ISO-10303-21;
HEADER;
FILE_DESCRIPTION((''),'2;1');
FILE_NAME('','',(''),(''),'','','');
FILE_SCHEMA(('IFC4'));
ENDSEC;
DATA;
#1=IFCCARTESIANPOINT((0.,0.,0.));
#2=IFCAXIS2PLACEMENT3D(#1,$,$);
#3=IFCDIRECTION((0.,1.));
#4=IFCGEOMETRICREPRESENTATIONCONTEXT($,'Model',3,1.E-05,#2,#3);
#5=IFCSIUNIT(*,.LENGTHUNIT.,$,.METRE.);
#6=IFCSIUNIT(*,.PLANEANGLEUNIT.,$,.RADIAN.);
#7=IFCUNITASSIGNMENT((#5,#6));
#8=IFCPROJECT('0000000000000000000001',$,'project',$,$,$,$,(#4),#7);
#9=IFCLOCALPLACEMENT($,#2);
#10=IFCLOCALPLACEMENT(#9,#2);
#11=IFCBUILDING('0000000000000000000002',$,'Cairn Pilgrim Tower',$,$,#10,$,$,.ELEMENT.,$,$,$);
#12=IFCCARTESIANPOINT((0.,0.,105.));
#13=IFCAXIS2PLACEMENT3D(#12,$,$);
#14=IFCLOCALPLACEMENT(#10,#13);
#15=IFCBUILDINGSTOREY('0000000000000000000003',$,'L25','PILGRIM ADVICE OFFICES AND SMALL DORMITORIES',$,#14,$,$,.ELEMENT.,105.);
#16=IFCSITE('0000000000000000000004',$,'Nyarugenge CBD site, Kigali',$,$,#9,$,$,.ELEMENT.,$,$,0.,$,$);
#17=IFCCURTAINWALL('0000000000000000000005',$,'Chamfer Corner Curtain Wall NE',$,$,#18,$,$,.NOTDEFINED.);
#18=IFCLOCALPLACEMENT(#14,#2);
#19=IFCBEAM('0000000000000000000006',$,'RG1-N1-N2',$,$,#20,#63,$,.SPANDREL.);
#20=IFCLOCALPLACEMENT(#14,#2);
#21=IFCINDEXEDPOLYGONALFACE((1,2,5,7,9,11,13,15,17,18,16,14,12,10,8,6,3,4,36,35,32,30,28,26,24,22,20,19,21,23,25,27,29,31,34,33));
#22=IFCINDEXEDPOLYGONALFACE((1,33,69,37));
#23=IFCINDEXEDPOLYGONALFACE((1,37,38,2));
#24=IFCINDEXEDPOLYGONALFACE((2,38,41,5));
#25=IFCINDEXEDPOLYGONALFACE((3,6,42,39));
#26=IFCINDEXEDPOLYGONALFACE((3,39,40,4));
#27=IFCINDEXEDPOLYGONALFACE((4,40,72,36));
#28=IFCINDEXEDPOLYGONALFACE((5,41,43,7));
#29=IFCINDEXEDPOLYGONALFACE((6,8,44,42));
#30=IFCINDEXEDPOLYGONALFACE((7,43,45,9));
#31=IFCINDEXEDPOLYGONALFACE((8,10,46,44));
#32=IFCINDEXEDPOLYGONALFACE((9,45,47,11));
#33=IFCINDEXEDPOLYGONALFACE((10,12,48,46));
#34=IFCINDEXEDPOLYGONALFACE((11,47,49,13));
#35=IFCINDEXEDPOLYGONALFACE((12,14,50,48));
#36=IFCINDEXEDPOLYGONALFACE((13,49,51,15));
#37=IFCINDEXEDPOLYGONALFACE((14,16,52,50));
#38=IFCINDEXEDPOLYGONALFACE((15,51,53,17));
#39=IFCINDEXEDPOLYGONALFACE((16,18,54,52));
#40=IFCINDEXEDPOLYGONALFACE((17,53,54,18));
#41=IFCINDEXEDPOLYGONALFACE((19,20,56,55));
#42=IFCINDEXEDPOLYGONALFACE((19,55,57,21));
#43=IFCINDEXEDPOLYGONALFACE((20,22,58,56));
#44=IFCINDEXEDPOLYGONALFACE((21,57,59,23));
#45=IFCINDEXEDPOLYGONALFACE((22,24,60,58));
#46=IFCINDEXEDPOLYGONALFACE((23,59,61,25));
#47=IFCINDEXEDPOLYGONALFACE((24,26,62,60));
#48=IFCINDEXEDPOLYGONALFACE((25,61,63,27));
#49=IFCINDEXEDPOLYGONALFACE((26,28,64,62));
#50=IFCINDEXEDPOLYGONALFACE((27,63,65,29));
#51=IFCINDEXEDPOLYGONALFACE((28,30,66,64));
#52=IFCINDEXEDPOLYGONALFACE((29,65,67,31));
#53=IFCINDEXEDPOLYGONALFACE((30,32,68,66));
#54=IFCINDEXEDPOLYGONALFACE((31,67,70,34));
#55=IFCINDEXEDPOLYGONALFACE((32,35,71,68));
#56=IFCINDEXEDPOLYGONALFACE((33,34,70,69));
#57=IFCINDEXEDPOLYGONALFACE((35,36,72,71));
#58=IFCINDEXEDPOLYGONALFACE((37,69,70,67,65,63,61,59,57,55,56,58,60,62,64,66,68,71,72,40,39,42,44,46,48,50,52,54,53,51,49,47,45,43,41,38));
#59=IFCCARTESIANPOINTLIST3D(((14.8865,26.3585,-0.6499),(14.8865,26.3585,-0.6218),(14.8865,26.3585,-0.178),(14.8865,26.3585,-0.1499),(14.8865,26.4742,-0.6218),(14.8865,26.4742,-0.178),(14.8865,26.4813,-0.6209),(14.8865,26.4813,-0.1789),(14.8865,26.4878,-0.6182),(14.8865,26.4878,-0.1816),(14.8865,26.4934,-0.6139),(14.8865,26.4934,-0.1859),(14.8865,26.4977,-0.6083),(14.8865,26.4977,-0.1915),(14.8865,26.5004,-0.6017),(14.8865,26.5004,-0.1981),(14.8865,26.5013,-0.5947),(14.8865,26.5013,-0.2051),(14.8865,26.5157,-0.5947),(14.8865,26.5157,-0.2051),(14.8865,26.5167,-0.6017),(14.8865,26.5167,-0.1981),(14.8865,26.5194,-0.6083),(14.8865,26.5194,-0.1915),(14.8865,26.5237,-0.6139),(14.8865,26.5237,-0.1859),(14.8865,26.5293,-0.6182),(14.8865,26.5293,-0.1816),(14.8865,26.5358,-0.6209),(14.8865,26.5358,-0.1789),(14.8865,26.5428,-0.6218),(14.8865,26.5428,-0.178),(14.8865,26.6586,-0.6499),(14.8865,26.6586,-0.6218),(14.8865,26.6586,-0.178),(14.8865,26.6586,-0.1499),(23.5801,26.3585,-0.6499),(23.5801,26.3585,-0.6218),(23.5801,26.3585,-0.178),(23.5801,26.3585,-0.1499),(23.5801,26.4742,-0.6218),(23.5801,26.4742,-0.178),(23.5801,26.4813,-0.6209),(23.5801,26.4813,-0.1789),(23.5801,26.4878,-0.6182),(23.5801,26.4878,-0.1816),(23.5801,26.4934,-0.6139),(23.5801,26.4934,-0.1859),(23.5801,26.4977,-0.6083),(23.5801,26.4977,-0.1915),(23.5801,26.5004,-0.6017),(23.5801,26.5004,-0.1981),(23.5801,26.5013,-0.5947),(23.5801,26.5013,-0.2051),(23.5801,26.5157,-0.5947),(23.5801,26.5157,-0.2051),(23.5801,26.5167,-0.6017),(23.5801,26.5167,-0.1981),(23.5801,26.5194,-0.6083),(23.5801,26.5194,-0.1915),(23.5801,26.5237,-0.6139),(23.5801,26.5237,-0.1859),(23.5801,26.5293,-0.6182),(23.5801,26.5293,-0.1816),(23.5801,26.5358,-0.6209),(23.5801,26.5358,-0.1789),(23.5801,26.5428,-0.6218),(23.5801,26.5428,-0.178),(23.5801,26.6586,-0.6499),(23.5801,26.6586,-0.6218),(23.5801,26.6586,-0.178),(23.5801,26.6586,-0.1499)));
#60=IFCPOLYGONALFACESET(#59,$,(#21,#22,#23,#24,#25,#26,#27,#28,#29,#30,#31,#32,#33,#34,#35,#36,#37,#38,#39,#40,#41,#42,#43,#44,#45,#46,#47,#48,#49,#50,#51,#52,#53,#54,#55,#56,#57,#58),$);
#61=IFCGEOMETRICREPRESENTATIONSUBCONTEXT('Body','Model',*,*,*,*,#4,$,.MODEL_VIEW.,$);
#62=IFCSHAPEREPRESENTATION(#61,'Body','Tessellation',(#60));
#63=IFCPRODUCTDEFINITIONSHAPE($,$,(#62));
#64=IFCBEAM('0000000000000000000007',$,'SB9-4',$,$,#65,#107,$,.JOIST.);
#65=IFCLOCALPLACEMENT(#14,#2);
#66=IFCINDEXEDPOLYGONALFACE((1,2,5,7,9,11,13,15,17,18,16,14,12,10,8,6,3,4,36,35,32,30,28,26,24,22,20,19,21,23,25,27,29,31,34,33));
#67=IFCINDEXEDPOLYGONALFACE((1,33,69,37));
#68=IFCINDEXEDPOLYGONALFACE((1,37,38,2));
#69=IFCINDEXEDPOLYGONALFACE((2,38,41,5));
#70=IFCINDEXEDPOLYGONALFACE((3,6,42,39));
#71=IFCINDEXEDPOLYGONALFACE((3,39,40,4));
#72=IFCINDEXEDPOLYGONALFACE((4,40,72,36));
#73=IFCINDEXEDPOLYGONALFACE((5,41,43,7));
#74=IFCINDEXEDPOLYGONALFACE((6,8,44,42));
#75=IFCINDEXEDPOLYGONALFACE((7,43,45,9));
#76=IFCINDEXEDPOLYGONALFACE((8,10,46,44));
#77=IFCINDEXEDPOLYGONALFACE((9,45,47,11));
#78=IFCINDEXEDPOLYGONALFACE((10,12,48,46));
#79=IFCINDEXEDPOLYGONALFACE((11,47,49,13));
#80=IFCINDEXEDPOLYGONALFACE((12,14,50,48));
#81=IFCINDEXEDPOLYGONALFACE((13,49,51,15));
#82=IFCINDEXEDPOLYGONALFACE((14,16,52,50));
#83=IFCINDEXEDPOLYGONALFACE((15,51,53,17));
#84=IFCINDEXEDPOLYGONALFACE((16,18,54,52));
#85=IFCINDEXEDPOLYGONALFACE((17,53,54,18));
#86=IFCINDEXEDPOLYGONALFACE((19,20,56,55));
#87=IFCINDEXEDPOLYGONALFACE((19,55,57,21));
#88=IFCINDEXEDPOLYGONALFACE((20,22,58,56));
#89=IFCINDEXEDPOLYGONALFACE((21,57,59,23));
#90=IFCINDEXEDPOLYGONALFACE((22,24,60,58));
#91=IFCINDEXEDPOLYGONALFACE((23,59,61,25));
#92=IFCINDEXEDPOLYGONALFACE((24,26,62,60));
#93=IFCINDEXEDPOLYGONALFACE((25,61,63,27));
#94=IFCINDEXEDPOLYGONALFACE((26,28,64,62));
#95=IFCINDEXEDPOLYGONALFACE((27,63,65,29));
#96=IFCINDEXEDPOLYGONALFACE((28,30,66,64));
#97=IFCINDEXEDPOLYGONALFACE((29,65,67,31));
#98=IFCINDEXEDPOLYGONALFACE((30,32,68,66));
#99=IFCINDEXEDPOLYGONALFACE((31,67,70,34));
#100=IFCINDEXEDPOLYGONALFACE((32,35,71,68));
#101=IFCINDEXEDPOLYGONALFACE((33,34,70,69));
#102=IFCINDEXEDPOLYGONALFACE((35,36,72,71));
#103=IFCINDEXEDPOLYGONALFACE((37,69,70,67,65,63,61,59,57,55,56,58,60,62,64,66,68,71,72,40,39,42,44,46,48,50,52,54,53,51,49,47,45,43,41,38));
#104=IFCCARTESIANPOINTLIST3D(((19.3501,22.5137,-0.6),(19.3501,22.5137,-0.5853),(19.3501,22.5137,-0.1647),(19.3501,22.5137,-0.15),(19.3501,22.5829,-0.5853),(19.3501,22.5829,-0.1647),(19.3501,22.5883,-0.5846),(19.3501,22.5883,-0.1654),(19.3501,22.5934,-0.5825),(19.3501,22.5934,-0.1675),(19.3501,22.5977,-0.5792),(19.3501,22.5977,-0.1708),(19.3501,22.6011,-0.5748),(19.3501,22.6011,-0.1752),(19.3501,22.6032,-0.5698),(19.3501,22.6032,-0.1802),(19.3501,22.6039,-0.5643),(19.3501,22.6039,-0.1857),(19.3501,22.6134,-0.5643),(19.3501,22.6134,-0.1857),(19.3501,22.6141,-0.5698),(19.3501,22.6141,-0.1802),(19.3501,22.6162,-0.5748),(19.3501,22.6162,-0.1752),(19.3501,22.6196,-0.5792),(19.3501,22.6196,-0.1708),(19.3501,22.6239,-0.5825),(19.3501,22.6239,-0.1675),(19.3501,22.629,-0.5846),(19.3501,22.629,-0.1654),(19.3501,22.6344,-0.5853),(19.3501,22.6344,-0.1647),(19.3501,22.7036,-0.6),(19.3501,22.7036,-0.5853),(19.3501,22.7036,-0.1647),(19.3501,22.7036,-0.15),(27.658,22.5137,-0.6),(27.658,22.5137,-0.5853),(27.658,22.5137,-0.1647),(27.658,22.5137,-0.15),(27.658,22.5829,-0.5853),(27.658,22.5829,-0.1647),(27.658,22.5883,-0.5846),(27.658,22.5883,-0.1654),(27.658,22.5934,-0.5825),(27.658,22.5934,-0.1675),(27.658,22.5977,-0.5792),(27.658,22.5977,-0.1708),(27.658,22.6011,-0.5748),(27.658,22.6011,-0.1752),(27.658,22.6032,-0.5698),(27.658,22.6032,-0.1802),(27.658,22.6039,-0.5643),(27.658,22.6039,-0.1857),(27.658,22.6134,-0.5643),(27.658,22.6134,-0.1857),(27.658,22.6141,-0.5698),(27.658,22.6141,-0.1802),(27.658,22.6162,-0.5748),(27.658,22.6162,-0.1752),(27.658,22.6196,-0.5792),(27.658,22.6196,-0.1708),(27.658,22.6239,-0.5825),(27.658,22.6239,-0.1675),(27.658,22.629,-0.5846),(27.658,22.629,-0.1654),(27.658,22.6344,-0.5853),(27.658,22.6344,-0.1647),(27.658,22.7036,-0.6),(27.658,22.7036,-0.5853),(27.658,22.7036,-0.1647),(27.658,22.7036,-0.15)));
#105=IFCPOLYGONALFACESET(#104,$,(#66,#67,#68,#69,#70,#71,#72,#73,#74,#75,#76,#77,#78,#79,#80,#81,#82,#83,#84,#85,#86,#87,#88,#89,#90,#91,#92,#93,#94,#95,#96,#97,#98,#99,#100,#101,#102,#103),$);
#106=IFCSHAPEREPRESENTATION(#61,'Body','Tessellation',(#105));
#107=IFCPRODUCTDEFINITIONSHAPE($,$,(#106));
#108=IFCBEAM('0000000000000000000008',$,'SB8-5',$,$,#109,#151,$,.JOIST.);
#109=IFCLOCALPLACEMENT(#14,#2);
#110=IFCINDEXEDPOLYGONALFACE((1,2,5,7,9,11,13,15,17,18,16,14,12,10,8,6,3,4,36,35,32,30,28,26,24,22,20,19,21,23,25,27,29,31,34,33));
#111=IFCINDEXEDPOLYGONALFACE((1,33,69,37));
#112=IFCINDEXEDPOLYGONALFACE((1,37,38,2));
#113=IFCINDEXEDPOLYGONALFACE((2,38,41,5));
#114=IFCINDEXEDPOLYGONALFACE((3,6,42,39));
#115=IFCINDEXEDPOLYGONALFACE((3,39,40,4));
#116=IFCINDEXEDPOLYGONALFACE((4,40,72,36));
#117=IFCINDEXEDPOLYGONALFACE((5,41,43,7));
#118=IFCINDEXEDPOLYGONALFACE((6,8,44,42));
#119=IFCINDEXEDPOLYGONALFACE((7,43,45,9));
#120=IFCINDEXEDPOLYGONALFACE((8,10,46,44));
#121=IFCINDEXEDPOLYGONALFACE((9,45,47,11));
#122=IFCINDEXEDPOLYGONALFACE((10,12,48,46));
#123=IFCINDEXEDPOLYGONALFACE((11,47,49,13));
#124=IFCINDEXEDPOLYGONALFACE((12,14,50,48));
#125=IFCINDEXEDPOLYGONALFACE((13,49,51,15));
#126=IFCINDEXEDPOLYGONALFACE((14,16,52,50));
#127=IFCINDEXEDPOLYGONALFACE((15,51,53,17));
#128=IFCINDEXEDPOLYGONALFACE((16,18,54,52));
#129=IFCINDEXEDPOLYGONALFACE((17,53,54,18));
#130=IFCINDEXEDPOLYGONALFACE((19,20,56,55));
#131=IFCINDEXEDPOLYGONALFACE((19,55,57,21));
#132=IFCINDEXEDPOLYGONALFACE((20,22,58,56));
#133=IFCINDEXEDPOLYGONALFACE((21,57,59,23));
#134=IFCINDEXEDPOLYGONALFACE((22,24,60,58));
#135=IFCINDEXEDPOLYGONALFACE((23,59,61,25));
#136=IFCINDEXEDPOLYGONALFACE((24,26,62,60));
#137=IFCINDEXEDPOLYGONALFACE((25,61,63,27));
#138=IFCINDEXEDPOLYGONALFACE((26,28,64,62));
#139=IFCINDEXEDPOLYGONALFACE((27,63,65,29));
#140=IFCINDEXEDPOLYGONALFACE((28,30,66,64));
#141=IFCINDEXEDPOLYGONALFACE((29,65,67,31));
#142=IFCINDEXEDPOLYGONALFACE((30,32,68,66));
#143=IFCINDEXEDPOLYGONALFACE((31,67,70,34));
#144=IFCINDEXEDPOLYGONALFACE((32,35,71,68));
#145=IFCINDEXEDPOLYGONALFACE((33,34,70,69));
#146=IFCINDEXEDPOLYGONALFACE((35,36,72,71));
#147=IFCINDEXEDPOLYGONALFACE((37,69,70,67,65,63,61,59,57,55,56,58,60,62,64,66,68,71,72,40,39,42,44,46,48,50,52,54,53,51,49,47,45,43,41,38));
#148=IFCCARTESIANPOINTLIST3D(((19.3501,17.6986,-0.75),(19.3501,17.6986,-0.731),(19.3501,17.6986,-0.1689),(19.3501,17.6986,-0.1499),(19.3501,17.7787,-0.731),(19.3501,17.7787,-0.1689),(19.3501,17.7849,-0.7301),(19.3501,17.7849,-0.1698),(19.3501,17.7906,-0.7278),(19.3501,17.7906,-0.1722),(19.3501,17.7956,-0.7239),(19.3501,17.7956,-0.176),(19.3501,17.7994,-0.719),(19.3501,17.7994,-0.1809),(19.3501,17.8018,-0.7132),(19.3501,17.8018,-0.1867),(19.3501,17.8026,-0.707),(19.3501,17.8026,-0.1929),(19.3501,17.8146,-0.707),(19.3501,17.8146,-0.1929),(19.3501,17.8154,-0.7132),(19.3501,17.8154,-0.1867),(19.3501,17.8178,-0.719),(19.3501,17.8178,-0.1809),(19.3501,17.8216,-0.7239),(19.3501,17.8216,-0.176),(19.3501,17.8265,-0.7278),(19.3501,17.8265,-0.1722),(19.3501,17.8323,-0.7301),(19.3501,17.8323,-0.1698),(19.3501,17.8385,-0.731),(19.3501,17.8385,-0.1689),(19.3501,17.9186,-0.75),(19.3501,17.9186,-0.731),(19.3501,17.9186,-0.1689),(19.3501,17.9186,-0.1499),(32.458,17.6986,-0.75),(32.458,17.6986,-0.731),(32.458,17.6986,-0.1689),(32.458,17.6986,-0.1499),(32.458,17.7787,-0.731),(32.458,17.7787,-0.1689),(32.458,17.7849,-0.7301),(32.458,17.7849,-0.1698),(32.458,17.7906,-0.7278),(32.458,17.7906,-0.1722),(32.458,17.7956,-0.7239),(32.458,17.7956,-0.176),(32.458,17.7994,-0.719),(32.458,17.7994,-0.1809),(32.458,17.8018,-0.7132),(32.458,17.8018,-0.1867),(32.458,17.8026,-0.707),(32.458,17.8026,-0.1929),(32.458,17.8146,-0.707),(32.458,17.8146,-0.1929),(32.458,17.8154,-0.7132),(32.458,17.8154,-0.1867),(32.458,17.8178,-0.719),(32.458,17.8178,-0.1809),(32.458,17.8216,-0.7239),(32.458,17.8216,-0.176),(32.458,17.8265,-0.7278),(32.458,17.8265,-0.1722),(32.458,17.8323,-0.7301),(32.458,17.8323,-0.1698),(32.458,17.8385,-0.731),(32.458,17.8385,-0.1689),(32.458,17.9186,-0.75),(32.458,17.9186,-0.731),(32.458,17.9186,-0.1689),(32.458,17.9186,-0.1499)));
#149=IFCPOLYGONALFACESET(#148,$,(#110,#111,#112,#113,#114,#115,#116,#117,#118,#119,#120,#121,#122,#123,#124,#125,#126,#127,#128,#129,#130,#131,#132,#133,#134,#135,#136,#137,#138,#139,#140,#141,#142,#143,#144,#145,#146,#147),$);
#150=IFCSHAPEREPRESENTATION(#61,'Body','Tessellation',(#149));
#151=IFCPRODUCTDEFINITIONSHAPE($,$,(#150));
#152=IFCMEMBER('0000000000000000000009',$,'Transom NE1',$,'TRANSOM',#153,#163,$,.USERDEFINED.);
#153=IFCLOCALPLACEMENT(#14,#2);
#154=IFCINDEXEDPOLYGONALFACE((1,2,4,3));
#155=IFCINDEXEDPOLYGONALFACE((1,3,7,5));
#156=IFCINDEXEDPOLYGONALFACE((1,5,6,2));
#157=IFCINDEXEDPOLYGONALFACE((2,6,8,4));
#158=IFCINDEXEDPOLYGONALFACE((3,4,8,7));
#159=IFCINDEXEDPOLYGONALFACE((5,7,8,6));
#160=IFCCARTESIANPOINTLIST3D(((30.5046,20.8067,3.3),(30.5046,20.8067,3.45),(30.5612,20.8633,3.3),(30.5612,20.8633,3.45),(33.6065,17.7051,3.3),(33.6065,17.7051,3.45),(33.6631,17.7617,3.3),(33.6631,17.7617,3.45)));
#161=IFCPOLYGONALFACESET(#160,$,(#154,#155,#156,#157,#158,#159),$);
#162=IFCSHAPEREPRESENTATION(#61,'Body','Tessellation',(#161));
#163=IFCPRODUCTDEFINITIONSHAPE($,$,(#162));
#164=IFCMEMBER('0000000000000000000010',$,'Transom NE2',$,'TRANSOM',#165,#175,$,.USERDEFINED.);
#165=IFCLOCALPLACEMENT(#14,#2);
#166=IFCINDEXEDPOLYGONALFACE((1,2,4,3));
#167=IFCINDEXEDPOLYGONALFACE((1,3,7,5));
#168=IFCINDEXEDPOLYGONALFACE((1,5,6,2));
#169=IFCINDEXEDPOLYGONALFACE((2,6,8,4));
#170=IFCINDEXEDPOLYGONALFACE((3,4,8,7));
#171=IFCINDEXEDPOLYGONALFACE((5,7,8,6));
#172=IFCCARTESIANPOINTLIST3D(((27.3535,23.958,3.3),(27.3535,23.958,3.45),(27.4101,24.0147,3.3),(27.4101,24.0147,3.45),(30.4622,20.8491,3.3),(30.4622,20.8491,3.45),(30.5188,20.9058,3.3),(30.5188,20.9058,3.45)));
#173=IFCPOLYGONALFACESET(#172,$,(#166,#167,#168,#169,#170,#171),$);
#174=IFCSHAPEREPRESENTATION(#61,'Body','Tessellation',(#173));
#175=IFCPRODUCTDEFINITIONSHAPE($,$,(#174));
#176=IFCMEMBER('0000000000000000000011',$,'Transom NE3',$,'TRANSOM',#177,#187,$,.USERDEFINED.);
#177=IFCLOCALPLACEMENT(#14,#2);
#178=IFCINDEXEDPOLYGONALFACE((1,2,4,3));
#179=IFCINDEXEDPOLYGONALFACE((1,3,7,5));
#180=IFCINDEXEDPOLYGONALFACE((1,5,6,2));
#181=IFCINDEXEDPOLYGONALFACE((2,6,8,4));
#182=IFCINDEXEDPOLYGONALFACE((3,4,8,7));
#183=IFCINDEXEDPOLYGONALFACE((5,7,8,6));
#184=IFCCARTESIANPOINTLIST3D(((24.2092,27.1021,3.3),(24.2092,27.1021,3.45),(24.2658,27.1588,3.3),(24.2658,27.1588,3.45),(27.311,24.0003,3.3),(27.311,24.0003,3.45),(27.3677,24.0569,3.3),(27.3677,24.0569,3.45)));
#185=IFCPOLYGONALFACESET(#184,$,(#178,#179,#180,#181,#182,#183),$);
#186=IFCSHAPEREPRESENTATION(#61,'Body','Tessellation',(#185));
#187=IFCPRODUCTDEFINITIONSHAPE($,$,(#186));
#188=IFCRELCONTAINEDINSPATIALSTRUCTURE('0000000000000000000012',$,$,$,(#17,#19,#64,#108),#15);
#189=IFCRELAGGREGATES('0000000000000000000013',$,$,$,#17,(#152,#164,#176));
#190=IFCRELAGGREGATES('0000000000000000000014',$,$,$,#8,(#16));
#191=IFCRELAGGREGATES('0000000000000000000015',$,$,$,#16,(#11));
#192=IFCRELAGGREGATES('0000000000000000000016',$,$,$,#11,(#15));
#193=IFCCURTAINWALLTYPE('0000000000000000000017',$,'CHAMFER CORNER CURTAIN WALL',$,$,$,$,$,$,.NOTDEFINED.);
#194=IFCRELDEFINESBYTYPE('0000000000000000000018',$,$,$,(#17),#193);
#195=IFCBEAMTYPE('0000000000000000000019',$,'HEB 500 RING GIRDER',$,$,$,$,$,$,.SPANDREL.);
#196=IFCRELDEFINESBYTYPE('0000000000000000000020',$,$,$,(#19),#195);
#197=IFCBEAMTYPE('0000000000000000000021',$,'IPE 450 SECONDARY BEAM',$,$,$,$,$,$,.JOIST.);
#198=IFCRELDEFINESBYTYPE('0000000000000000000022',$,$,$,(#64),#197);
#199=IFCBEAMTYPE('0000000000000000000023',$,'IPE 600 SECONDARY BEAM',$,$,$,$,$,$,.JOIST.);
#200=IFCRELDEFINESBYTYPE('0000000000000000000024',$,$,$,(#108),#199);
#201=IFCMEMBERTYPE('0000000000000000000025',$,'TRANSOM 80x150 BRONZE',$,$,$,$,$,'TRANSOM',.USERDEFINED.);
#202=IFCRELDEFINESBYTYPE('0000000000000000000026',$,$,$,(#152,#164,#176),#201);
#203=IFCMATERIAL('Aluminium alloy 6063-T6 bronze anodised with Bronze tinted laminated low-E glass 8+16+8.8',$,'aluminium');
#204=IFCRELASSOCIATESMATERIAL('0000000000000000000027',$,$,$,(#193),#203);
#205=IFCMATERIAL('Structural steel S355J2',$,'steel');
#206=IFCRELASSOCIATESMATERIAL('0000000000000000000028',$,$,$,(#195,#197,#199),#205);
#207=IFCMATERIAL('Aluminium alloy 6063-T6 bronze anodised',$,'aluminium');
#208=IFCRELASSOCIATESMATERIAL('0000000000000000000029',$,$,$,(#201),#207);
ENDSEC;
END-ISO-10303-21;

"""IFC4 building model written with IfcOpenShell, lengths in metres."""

from ifc_helpers import new_model, si_unit, direction, frame, origin, origin_2d, place, context, subcontext, project, spatial, rectangle, i_section, extrude, material, material_profile, profile_set, type_object, element, aggregate, save


model = new_model("IFC4")

# Units and contexts
model_context = context("Model", 3, precision=1e-05, world=origin(), true_north=direction((0.0, 1.0)))
body_context = subcontext(model_context, "Body", "Model", "MODEL_VIEW")
ifc_project = project(units=[si_unit("LENGTHUNIT", "METRE"), si_unit("PLANEANGLEUNIT", "RADIAN")], contexts=[model_context])

# Site, building, storey
site_placement = place(None, origin())
site = spatial("IfcSite", under=ifc_project, at=site_placement, Name="Nyarugenge CBD site, Kigali", CompositionType="ELEMENT", RefElevation=0.0)
building_placement = place(site_placement, origin())
building = spatial("IfcBuilding", under=site, at=building_placement, Name="Cairn Pilgrim Tower", CompositionType="ELEMENT")
storey_placement = place(building_placement, frame((0.0, 0.0, 105.0)))
storey = spatial("IfcBuildingStorey", under=building, at=storey_placement, Name="L25", Description="PILGRIM ADVICE OFFICES AND SMALL DORMITORIES", CompositionType="ELEMENT", Elevation=105.0)

# Shared definitions
ifc_material_1 = material(Name="Structural steel S355J2", Category="steel")

# Curtain wall
ifc_material_2 = material(Name="Aluminium alloy 6063-T6 bronze anodised with Bronze tinted laminated low-E glass 8+16+8.8", Category="aluminium")
curtain_wall_type_1 = type_object("IfcCurtainWallType", Name="CHAMFER CORNER CURTAIN WALL", PredefinedType="NOTDEFINED", material=ifc_material_2)
curtain_wall_1_placement = place(storey_placement, origin())
curtain_wall_1 = element("IfcCurtainWall", 1, at=curtain_wall_1_placement, inside=storey, type_object=curtain_wall_type_1, Name="Chamfer Corner Curtain Wall NE", PredefinedType="NOTDEFINED")
ifc_material_3 = material(Name="Aluminium alloy 6063-T6 bronze anodised", Category="aluminium")

# Beams
ifc_material_profile_1 = material_profile(ifc_material_1, i_section(OverallWidth=0.3, OverallDepth=0.5, WebThickness=0.0144, FlangeThickness=0.0281, FilletRadius=0.0271, at=origin_2d()), Name="HEB 500")
ifc_profile_set_1 = profile_set([ifc_material_profile_1], Name="Structural steel S355J2")
beam_type_1 = type_object("IfcBeamType", Name="HEB 500 RING GIRDER", PredefinedType="SPANDREL", material=ifc_profile_set_1)
beam_1_placement = place(storey_placement, frame((23.5801, 26.5085, -0.3999), z_axis=(-1.0, 0.0, 0.0), x_axis=(0.0, -1.0, 0.0)))
element("IfcBeam", 2, at=beam_1_placement, inside=storey, type_object=beam_type_1, Name="RG1-N1-N2", PredefinedType="SPANDREL", context=body_context, shape_type="SweptSolid", body=[
    extrude(i_section(OverallWidth=0.3, OverallDepth=0.5, WebThickness=0.0144, FlangeThickness=0.0281, FilletRadius=0.0271, at=origin_2d()), origin(), (0.0, 0.0, 1.0), 8.6936),
])
ifc_material_profile_2 = material_profile(ifc_material_1, i_section(OverallWidth=0.1899, OverallDepth=0.45, WebThickness=0.0095, FlangeThickness=0.0146, FilletRadius=0.021, at=origin_2d()), Name="IPE 450")
ifc_profile_set_2 = profile_set([ifc_material_profile_2], Name="Structural steel S355J2")
beam_type_2 = type_object("IfcBeamType", Name="IPE 450 SECONDARY BEAM", PredefinedType="JOIST", material=ifc_profile_set_2)
beam_2_placement = place(storey_placement, frame((19.3501, 22.6086, -0.375), z_axis=(1.0, 0.0, 0.0), x_axis=(0.0, 1.0, 0.0)))
element("IfcBeam", 3, at=beam_2_placement, inside=storey, type_object=beam_type_2, Name="SB9-4", PredefinedType="JOIST", context=body_context, shape_type="SweptSolid", body=[
    extrude(i_section(OverallWidth=0.1899, OverallDepth=0.45, WebThickness=0.0095, FlangeThickness=0.0146, FilletRadius=0.021, at=origin_2d()), origin(), (0.0, 0.0, 1.0), 8.3079),
])
ifc_material_profile_3 = material_profile(ifc_material_1, i_section(OverallWidth=0.22, OverallDepth=0.6001, WebThickness=0.012, FlangeThickness=0.019, FilletRadius=0.0239, at=origin_2d()), Name="IPE 600")
ifc_profile_set_3 = profile_set([ifc_material_profile_3], Name="Structural steel S355J2")
beam_type_3 = type_object("IfcBeamType", Name="IPE 600 SECONDARY BEAM", PredefinedType="JOIST", material=ifc_profile_set_3)
beam_3_placement = place(storey_placement, frame((19.3501, 17.8086, -0.45), z_axis=(1.0, 0.0, 0.0), x_axis=(0.0, 1.0, 0.0)))
element("IfcBeam", 4, at=beam_3_placement, inside=storey, type_object=beam_type_3, Name="SB8-5", PredefinedType="JOIST", context=body_context, shape_type="SweptSolid", body=[
    extrude(i_section(OverallWidth=0.22, OverallDepth=0.6001, WebThickness=0.012, FlangeThickness=0.019, FilletRadius=0.0239, at=origin_2d()), origin(), (0.0, 0.0, 1.0), 13.1079),
])

# Members
ifc_material_profile_4 = material_profile(ifc_material_3, rectangle(XDim=0.0801, YDim=0.1499, at=origin_2d()), Name="TRANSOM 80x150 BRONZE")
ifc_profile_set_4 = profile_set([ifc_material_profile_4], Name="Aluminium alloy 6063-T6 bronze anodised")
member_type_1 = type_object("IfcMemberType", Name="TRANSOM 80x150 BRONZE", ElementType="TRANSOM", PredefinedType="USERDEFINED", material=ifc_profile_set_4)
member_1_placement = place(storey_placement, frame((33.6348, 17.7334, 3.375), z_axis=(-0.707135, 0.707079, 0.0), x_axis=(-0.707079, -0.707135, 0.0)))
member_1 = element("IfcMember", 5, at=member_1_placement, type_object=member_type_1, Name="Transom NE1", ObjectType="TRANSOM", PredefinedType="USERDEFINED", context=body_context, shape_type="SweptSolid", body=[
    extrude(rectangle(XDim=0.0801, YDim=0.1499, at=origin_2d()), origin(), (0.0, 0.0, 1.0), 4.3865),
])
member_2_placement = place(storey_placement, frame((30.4905, 20.8774, 3.375), z_axis=(-0.707079, 0.707135, 0.0), x_axis=(-0.707135, -0.707079, 0.0)))
member_2 = element("IfcMember", 6, at=member_2_placement, type_object=member_type_1, Name="Transom NE2", ObjectType="TRANSOM", PredefinedType="USERDEFINED", context=body_context, shape_type="SweptSolid", body=[
    extrude(rectangle(XDim=0.0801, YDim=0.1499, at=origin_2d()), origin(), (0.0, 0.0, 1.0), 4.3965),
])
member_3_placement = place(storey_placement, frame((27.3394, 24.0286, 3.375), z_axis=(-0.707107, 0.707107, 0.0), x_axis=(-0.707107, -0.707107, 0.0)))
member_3 = element("IfcMember", 7, at=member_3_placement, type_object=member_type_1, Name="Transom NE3", ObjectType="TRANSOM", PredefinedType="USERDEFINED", context=body_context, shape_type="SweptSolid", body=[
    extrude(rectangle(XDim=0.0801, YDim=0.1499, at=origin_2d()), origin(), (0.0, 0.0, 1.0), 4.3867),
])

aggregate(curtain_wall_1, [member_1, member_2, member_3])

save(model, "model.ifc")
